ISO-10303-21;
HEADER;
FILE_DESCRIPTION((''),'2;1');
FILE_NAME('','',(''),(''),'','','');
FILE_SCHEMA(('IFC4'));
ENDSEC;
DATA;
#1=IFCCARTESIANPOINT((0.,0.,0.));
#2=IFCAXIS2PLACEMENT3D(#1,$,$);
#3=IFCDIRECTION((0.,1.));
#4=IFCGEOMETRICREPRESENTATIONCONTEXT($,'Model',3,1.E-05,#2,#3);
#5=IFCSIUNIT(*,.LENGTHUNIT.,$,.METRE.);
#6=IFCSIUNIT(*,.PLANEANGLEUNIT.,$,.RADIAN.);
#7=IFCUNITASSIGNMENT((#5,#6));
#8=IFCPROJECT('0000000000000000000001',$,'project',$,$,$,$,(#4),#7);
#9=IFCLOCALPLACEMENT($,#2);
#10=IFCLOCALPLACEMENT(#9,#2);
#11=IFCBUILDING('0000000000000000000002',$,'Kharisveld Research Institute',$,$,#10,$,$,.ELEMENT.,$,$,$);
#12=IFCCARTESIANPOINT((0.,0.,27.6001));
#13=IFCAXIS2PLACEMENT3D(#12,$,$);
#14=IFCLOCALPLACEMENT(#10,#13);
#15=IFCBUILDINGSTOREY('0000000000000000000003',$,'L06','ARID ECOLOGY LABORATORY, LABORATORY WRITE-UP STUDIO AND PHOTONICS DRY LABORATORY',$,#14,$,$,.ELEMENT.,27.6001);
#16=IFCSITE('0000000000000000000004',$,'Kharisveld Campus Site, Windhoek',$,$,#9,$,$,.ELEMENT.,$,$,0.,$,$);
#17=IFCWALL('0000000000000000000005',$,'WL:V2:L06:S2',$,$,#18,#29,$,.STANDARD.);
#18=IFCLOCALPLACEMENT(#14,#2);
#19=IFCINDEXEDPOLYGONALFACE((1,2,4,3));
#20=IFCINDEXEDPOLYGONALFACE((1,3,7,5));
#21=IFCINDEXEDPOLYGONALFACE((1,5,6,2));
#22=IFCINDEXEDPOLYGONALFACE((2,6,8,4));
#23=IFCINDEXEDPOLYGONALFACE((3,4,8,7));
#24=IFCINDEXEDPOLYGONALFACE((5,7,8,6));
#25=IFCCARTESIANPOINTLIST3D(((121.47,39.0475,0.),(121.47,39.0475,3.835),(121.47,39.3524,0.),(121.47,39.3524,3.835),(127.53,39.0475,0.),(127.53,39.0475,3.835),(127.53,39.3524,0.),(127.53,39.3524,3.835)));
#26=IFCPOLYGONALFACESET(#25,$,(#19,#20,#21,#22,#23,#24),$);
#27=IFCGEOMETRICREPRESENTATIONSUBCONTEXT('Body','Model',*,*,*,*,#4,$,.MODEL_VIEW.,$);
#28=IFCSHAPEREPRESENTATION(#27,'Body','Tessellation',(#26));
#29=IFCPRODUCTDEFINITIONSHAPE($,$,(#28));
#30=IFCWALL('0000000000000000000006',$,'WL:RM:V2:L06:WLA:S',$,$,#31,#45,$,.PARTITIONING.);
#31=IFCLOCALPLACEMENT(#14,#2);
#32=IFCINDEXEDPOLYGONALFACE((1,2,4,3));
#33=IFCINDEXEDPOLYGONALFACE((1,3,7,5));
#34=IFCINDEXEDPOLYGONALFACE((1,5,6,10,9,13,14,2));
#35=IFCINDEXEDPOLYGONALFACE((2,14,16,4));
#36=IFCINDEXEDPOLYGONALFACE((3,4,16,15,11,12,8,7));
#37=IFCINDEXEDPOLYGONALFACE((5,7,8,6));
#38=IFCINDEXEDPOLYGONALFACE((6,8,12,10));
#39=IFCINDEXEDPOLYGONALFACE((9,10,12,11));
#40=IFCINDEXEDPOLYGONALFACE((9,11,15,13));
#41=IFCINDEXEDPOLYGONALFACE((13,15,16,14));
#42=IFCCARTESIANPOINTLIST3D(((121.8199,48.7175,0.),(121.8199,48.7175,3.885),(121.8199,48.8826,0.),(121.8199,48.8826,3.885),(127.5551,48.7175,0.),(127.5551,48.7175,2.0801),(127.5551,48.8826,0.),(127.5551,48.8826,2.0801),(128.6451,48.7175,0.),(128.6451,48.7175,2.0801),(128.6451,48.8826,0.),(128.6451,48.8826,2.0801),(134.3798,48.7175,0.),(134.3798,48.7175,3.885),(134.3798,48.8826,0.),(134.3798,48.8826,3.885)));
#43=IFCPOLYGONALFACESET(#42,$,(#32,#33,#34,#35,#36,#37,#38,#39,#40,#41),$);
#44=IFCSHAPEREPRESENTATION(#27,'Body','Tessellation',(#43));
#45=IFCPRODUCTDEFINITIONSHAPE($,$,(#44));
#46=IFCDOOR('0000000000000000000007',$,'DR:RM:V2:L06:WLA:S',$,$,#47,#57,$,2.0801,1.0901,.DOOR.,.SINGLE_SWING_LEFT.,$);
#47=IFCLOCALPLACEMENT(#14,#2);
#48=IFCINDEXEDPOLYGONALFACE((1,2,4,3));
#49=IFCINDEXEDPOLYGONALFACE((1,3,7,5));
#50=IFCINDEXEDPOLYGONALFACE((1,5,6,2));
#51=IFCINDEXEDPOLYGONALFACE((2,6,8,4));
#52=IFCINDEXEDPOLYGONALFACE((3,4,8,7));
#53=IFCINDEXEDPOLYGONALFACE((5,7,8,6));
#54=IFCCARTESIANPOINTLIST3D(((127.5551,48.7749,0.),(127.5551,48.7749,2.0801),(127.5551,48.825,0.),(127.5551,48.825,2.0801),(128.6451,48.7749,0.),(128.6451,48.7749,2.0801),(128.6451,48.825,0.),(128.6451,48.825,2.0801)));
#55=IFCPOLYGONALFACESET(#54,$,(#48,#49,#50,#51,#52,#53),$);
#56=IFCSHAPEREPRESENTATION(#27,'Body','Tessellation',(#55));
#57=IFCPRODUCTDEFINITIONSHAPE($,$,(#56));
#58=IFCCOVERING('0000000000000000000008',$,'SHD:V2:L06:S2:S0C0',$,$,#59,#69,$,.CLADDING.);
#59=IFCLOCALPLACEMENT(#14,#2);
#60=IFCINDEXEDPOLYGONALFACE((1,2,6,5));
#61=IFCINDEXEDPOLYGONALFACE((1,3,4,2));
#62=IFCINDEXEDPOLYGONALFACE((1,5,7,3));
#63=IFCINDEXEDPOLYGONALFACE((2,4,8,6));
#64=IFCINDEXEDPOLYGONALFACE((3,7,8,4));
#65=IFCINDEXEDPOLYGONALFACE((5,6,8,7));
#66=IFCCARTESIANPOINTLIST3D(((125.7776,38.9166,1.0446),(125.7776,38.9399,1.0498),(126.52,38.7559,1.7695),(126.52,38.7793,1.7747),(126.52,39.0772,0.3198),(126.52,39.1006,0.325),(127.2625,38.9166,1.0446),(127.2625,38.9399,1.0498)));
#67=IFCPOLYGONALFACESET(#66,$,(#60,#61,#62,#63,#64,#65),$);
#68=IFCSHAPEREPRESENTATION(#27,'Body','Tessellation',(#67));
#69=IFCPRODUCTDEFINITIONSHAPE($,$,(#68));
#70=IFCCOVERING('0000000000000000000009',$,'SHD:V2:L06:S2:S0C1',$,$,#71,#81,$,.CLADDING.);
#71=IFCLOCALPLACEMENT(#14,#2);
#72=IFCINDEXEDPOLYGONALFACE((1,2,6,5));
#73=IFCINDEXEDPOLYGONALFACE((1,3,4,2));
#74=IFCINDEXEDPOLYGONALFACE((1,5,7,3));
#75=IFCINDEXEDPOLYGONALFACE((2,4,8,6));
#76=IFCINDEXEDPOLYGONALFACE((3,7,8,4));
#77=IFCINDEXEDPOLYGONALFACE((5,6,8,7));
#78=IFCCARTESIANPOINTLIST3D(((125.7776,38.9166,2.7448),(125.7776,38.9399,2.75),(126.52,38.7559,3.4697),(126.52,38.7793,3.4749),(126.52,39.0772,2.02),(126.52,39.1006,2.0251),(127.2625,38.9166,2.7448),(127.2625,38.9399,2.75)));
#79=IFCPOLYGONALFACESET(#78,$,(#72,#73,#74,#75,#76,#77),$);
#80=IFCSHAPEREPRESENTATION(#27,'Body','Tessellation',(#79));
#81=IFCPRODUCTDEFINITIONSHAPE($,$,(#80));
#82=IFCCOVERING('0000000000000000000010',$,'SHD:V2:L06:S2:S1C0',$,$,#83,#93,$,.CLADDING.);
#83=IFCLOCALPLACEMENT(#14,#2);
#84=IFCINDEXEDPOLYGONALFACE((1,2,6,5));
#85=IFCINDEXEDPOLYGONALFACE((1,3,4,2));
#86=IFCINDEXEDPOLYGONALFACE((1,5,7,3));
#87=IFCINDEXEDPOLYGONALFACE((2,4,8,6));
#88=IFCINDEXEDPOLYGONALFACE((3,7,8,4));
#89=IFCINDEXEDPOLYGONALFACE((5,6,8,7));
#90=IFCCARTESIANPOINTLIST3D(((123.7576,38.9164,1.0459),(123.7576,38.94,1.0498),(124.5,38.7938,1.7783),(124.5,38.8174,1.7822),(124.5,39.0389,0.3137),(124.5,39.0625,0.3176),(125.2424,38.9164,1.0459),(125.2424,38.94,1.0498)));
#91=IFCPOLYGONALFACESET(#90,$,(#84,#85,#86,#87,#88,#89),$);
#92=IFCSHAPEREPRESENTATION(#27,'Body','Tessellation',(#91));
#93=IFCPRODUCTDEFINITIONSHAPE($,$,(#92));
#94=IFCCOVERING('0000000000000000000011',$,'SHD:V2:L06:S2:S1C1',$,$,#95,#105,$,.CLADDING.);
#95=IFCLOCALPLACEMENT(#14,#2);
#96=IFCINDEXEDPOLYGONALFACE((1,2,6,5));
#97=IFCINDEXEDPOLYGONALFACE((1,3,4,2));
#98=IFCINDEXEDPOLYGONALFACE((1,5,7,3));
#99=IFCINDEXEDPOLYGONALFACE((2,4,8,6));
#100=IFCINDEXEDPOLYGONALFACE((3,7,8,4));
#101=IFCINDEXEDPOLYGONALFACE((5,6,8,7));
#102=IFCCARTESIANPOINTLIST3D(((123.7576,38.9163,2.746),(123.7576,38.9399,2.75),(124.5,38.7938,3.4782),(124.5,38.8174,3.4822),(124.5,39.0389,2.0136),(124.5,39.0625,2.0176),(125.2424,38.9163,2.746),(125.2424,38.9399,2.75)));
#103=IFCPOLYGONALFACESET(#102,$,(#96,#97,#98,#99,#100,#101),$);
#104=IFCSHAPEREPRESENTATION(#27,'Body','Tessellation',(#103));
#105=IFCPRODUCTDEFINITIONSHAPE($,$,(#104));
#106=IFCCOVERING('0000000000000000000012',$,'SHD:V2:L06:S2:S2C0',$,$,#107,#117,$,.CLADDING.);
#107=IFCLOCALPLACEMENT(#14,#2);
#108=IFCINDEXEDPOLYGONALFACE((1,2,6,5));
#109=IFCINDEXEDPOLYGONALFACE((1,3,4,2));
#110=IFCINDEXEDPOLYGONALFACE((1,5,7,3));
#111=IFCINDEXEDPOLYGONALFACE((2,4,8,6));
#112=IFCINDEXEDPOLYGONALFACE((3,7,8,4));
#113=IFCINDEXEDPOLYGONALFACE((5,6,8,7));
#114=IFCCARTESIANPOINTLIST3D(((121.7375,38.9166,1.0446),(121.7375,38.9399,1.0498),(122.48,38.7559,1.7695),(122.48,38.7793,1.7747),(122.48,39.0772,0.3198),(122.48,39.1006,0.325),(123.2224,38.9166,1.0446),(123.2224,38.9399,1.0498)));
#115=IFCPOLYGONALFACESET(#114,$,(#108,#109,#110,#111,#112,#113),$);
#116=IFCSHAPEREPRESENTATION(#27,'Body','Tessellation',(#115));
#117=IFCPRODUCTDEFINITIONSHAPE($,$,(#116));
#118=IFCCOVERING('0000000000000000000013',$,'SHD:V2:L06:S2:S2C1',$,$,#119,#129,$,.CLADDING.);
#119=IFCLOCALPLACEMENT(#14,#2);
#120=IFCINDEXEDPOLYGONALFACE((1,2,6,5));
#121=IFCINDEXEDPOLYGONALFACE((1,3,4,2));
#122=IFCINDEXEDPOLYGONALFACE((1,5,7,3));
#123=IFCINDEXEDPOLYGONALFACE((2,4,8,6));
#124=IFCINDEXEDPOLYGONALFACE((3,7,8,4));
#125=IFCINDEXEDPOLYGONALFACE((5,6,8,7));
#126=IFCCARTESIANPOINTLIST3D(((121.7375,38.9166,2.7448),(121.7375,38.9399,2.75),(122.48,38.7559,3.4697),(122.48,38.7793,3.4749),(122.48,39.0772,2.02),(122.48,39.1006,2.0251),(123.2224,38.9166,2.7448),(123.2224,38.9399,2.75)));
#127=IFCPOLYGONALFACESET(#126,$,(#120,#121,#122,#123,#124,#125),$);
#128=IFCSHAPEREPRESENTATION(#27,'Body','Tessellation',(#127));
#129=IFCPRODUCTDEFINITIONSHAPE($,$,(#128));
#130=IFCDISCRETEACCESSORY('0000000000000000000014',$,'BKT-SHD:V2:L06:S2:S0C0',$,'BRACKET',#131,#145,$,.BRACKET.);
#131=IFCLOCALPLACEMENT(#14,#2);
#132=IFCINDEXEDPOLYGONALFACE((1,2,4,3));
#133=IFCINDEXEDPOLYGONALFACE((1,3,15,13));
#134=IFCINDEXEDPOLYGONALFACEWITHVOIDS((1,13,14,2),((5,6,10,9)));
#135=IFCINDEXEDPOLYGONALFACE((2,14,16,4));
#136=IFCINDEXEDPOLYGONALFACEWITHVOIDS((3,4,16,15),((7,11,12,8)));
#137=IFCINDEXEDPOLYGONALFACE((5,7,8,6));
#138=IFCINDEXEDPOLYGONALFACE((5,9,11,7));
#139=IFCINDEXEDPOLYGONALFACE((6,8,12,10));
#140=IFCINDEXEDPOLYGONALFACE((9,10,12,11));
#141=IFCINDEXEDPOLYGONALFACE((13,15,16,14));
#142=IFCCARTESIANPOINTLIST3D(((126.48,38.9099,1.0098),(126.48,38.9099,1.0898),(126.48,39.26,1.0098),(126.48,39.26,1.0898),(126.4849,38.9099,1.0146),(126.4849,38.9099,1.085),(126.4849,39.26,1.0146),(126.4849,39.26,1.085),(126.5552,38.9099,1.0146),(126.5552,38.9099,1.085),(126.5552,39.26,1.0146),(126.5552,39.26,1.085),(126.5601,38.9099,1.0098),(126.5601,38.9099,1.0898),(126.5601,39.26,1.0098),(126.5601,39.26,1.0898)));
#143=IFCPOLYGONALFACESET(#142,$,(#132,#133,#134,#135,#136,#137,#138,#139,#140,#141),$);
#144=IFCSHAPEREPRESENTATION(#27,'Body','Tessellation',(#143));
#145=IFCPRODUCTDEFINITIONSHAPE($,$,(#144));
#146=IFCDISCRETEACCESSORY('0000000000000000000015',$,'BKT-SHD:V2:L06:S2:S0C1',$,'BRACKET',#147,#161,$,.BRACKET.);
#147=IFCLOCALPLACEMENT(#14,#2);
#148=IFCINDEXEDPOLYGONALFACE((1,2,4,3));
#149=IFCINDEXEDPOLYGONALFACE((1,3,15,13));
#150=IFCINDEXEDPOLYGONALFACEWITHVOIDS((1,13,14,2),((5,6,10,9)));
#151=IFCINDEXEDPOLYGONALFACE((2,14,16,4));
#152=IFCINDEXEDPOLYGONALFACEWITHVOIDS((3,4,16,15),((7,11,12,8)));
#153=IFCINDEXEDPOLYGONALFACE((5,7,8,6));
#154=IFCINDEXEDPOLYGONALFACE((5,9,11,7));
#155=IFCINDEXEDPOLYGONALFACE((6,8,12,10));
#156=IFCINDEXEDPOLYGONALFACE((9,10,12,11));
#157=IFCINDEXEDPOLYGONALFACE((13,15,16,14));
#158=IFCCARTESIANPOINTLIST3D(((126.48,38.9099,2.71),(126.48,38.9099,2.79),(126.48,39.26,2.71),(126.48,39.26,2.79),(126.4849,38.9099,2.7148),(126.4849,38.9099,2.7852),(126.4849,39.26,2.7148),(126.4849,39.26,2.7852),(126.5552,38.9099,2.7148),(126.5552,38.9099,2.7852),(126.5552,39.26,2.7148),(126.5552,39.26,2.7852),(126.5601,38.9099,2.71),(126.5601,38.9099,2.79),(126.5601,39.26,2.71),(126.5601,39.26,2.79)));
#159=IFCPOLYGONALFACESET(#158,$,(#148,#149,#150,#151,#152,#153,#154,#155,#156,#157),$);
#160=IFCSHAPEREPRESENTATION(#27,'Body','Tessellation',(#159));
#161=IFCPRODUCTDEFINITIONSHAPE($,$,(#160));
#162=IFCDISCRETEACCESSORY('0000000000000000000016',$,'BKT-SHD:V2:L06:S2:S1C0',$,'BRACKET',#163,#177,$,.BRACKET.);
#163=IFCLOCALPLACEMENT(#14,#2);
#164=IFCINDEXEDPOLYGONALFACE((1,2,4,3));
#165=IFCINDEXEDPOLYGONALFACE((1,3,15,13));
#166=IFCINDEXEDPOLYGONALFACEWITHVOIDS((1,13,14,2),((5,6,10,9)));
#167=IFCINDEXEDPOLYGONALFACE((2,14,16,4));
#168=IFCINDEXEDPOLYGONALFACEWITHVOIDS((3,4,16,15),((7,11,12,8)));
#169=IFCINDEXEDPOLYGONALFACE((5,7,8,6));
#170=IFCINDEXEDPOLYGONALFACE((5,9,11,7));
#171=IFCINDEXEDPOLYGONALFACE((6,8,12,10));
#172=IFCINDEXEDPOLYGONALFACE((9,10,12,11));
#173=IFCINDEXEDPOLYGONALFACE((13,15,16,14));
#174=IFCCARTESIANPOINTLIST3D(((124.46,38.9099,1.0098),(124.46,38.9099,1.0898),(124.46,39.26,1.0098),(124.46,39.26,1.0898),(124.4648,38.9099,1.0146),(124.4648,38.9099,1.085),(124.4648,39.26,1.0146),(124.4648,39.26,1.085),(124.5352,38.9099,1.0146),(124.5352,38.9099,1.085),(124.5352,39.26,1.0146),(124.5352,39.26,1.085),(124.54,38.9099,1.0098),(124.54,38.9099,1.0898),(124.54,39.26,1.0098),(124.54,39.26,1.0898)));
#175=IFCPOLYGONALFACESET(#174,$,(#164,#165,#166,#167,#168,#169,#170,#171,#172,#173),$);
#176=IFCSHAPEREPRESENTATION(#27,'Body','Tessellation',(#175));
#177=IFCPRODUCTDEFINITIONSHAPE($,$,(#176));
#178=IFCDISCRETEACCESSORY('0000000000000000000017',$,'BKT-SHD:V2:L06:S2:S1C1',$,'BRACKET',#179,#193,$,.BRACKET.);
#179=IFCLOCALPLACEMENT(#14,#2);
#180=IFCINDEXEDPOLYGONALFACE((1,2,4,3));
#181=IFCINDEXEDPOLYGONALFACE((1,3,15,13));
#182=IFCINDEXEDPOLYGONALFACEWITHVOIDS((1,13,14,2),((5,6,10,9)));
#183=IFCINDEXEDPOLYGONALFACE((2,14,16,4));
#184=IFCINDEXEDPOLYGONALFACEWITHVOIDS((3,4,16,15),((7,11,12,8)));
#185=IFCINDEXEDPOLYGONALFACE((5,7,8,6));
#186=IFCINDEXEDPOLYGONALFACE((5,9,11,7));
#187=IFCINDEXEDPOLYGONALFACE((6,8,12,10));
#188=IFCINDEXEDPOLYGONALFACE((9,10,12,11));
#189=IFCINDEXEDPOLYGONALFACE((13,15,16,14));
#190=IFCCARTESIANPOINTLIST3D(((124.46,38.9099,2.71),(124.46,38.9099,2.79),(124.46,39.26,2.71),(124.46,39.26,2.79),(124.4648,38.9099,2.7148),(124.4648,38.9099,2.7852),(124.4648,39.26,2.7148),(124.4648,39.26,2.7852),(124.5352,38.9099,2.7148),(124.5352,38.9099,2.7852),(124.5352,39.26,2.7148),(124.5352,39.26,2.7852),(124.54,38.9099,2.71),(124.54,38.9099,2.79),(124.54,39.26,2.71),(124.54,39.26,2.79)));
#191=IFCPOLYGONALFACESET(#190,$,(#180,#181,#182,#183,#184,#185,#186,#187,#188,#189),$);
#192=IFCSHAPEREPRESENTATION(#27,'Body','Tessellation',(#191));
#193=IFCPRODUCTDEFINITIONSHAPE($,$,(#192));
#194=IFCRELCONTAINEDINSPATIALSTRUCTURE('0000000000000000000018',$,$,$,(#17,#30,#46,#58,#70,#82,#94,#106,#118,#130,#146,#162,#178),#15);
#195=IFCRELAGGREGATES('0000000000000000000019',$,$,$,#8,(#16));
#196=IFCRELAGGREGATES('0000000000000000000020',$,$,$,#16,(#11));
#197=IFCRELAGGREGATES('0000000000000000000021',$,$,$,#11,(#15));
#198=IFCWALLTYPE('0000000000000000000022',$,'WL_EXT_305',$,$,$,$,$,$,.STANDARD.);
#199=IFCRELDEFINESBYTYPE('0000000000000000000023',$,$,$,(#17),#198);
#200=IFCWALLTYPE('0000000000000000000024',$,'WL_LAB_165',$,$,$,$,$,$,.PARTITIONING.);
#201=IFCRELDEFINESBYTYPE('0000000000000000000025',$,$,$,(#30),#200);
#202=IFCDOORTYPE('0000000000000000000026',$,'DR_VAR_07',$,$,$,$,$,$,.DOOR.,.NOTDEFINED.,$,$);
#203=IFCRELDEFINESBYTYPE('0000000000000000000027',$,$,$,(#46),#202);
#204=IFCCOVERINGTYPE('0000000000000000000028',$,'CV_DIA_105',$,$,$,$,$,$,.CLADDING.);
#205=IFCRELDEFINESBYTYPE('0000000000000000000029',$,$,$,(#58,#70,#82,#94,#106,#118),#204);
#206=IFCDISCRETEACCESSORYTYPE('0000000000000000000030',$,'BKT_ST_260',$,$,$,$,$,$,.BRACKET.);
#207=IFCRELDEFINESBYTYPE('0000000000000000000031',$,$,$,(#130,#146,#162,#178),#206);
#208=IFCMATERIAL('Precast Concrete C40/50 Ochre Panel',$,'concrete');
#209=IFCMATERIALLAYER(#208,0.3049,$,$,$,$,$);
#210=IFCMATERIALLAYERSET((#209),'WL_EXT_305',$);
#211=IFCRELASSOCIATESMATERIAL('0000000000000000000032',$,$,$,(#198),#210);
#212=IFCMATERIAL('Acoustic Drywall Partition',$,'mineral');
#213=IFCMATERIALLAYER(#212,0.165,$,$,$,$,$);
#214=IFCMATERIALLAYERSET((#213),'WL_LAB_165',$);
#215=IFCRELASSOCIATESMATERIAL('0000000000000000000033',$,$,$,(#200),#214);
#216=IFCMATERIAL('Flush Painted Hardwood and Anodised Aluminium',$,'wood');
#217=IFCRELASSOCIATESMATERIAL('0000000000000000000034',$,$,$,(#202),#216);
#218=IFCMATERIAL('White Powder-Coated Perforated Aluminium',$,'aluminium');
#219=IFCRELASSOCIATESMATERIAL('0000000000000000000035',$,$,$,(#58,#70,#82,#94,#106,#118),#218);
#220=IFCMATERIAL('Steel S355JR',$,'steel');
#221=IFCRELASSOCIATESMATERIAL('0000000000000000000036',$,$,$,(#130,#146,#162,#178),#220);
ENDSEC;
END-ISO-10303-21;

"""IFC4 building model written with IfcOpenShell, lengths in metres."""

from ifc_helpers import new_model, si_unit, direction, frame, frame_2d, origin, origin_2d, place, context, subcontext, project, spatial, polyline, rectangle, hollow_rectangle, outline, extrude, material, layer, layer_set, type_object, element, fill, save


model = new_model("IFC4")

# Units and contexts
model_context = context("Model", 3, precision=1e-05, world=origin(), true_north=direction((0.0, 1.0)))
body_context = subcontext(model_context, "Body", "Model", "MODEL_VIEW")
ifc_project = project(units=[si_unit("LENGTHUNIT", "METRE"), si_unit("PLANEANGLEUNIT", "RADIAN")], contexts=[model_context])

# Site, building, storey
site_placement = place(None, origin())
site = spatial("IfcSite", under=ifc_project, at=site_placement, Name="Kharisveld Campus Site, Windhoek", CompositionType="ELEMENT", RefElevation=0.0)
building_placement = place(site_placement, origin())
building = spatial("IfcBuilding", under=site, at=building_placement, Name="Kharisveld Research Institute", CompositionType="ELEMENT")
storey_placement = place(building_placement, frame((0.0, 0.0, 27.6001)))
storey = spatial("IfcBuildingStorey", under=building, at=storey_placement, Name="L06", Description="ARID ECOLOGY LABORATORY, LABORATORY WRITE-UP STUDIO AND PHOTONICS DRY LABORATORY", CompositionType="ELEMENT", Elevation=27.6001)

# Wall
ifc_material_1 = material(Name="Precast Concrete C40/50 Ochre Panel", Category="concrete")
ifc_layer_1 = layer(ifc_material_1, 0.3049)
ifc_layer_set_1 = layer_set([ifc_layer_1], Name="WL_EXT_305")
wall_type_1 = type_object("IfcWallType", Name="WL_EXT_305", PredefinedType="STANDARD", material=ifc_layer_set_1)
wall_1_placement = place(storey_placement, frame((127.53, 39.2, 0.0), z_axis=(0.0, 0.0, 1.0), x_axis=(-1.0, 0.0, 0.0)))
element("IfcWall", 1, at=wall_1_placement, inside=storey, type_object=wall_type_1, Name="WL:V2:L06:S2", PredefinedType="STANDARD", context=body_context, shape_type="SweptSolid", body=[
    extrude(rectangle(XDim=6.0601, YDim=0.3049, at=frame_2d((3.03, 0.0))), origin(), (0.0, 0.0, 1.0), 3.835),
])

# Wall, opening, door
ifc_material_2 = material(Name="Acoustic Drywall Partition", Category="mineral")
ifc_layer_2 = layer(ifc_material_2, 0.165)
ifc_layer_set_2 = layer_set([ifc_layer_2], Name="WL_LAB_165")
wall_type_2 = type_object("IfcWallType", Name="WL_LAB_165", PredefinedType="PARTITIONING", material=ifc_layer_set_2)
wall_2_placement = place(storey_placement, frame((121.8201, 48.8, 0.0), z_axis=(0.0, 0.0, 1.0), x_axis=(1.0, 0.0, 0.0)))
wall_2 = element("IfcWall", 2, at=wall_2_placement, inside=storey, type_object=wall_type_2, Name="WL:RM:V2:L06:WLA:S", PredefinedType="PARTITIONING", context=body_context, shape_type="SweptSolid", body=[
    extrude(rectangle(XDim=12.5598, YDim=0.165, at=frame_2d((6.2798, 0.0))), origin(), (0.0, 0.0, 1.0), 3.885),
])
opening_placement = place(wall_2_placement, frame((5.7351, 0.0, 0.0)))
opening = element("IfcOpeningElement", 3, at=opening_placement, cuts=wall_2, PredefinedType="OPENING", context=body_context, shape_type="SweptSolid", body=[
    extrude(rectangle(XDim=1.0901, YDim=2.0801, at=frame_2d((0.5449, 1.04))), frame((0.0, 0.0825, 0.0), z_axis=(0.0, -1.0, 0.0), x_axis=(1.0, 0.0, 0.0)), (0.0, 0.0, 1.0), 0.165),
])
ifc_material_3 = material(Name="Flush Painted Hardwood and Anodised Aluminium", Category="wood")
door_type = type_object("IfcDoorType", Name="DR_VAR_07", OperationType="NOTDEFINED", PredefinedType="DOOR", material=ifc_material_3)
door_placement = place(opening_placement, origin())
door = element("IfcDoor", 4, at=door_placement, inside=storey, type_object=door_type, Name="DR:RM:V2:L06:WLA:S", OperationType="SINGLE_SWING_LEFT", OverallHeight=2.0801, OverallWidth=1.0901, PredefinedType="DOOR", context=body_context, shape_type="SweptSolid", body=[
    extrude(rectangle(XDim=1.0901, YDim=2.0801, at=frame_2d((0.5449, 1.04))), frame((0.0, 0.0249, 0.0), z_axis=(0.0, -1.0, 0.0), x_axis=(1.0, 0.0, 0.0)), (0.0, 0.0, 1.0), 0.05),
])
fill(opening, door)

# Coverings
ifc_material_4 = material(Name="White Powder-Coated Perforated Aluminium", Category="aluminium")
covering_type = type_object("IfcCoveringType", Name="CV_DIA_105", PredefinedType="CLADDING")
for number, where, z_axis, x_axis, name in (
    (5, (126.52, 39.1006, 0.325), (0.0, 0.976311, 0.216373), (-0.707102, -0.153, 0.69036), "SHD:V2:L06:S2:S0C0"),
    (6, (126.52, 39.1006, 2.0251), (0.0, 0.976311, 0.216373), (-0.707102, -0.153, 0.69036), "SHD:V2:L06:S2:S0C1"),
):
    element("IfcCovering", number, at=place(storey_placement, frame(where, z_axis=z_axis, x_axis=x_axis)), inside=storey, type_object=covering_type, material=ifc_material_4, Name=name, PredefinedType="CLADDING", context=body_context, shape_type="SweptSolid", body=[
        extrude(outline(polyline([(0.0, 0.0), (1.05, 0.0), (1.05, 1.05), (0.0, 1.05), (0.0, 0.0)])), origin(), (0.0, 0.0, -1.0), 0.0239),
    ])
covering_1_placement = place(storey_placement, frame((124.5, 39.0625, 0.3176), z_axis=(0.0, 0.986283, 0.165065), x_axis=(-0.707139, -0.116714, 0.697376)))
element("IfcCovering", 7, at=covering_1_placement, inside=storey, type_object=covering_type, material=ifc_material_4, Name="SHD:V2:L06:S2:S1C0", PredefinedType="CLADDING", context=body_context, shape_type="SweptSolid", body=[
    extrude(outline(polyline([(0.0, 0.0), (1.0499, 0.0), (1.05, 1.0501), (-0.0001, 1.0499), (0.0, 0.0)])), origin(), (0.0, 0.0, -1.0), 0.0239),
])
covering_2_placement = place(storey_placement, frame((124.5, 39.0625, 2.0176), z_axis=(0.0, 0.986283, 0.165065), x_axis=(-0.707024, -0.116733, 0.697489)))
element("IfcCovering", 8, at=covering_2_placement, inside=storey, type_object=covering_type, material=ifc_material_4, Name="SHD:V2:L06:S2:S1C1", PredefinedType="CLADDING", context=body_context, shape_type="SweptSolid", body=[
    extrude(outline(polyline([(0.0, 0.0), (1.0501, 0.0), (1.0502, 1.0499), (0.0002, 1.0501), (0.0, 0.0)])), origin(), (0.0, 0.0, -1.0), 0.0239),
])
for number, where, z_axis, x_axis, name in (
    (9, (122.48, 39.1006, 0.325), (0.0, 0.976311, 0.216373), (-0.707102, -0.153, 0.69036), "SHD:V2:L06:S2:S2C0"),
    (10, (122.48, 39.1006, 2.0251), (0.0, 0.976311, 0.216373), (-0.707102, -0.153, 0.69036), "SHD:V2:L06:S2:S2C1"),
):
    element("IfcCovering", number, at=place(storey_placement, frame(where, z_axis=z_axis, x_axis=x_axis)), inside=storey, type_object=covering_type, material=ifc_material_4, Name=name, PredefinedType="CLADDING", context=body_context, shape_type="SweptSolid", body=[
        extrude(outline(polyline([(0.0, 0.0), (1.05, 0.0), (1.05, 1.05), (0.0, 1.05), (0.0, 0.0)])), origin(), (0.0, 0.0, -1.0), 0.0239),
    ])

# Discrete accessories
ifc_material_5 = material(Name="Steel S355JR", Category="steel")
discrete_accessory_type = type_object("IfcDiscreteAccessoryType", Name="BKT_ST_260", PredefinedType="BRACKET")
for number, where, z_axis, x_axis, name in (
    (11, (126.52, 39.26, 1.0498), (0.0, -1.0, 0.0), (1.0, 0.0, 0.0), "BKT-SHD:V2:L06:S2:S0C0"),
    (12, (126.52, 39.26, 2.75), (0.0, -1.0, 0.0), (1.0, 0.0, 0.0), "BKT-SHD:V2:L06:S2:S0C1"),
    (13, (124.5, 39.26, 1.0498), (0.0, -1.0, 0.0), (1.0, 0.0, 0.0), "BKT-SHD:V2:L06:S2:S1C0"),
    (14, (124.5, 39.26, 2.75), (0.0, -1.0, 0.0), (1.0, 0.0, 0.0), "BKT-SHD:V2:L06:S2:S1C1"),
):
    element("IfcDiscreteAccessory", number, at=place(storey_placement, frame(where, z_axis=z_axis, x_axis=x_axis)), inside=storey, type_object=discrete_accessory_type, material=ifc_material_5, Name=name, ObjectType="BRACKET", PredefinedType="BRACKET", context=body_context, shape_type="SweptSolid", body=[
        extrude(hollow_rectangle(XDim=0.0801, YDim=0.0801, WallThickness=0.0049, at=origin_2d()), origin(), (0.0, 0.0, 1.0), 0.3501),
    ])

save(model, "model.ifc")
